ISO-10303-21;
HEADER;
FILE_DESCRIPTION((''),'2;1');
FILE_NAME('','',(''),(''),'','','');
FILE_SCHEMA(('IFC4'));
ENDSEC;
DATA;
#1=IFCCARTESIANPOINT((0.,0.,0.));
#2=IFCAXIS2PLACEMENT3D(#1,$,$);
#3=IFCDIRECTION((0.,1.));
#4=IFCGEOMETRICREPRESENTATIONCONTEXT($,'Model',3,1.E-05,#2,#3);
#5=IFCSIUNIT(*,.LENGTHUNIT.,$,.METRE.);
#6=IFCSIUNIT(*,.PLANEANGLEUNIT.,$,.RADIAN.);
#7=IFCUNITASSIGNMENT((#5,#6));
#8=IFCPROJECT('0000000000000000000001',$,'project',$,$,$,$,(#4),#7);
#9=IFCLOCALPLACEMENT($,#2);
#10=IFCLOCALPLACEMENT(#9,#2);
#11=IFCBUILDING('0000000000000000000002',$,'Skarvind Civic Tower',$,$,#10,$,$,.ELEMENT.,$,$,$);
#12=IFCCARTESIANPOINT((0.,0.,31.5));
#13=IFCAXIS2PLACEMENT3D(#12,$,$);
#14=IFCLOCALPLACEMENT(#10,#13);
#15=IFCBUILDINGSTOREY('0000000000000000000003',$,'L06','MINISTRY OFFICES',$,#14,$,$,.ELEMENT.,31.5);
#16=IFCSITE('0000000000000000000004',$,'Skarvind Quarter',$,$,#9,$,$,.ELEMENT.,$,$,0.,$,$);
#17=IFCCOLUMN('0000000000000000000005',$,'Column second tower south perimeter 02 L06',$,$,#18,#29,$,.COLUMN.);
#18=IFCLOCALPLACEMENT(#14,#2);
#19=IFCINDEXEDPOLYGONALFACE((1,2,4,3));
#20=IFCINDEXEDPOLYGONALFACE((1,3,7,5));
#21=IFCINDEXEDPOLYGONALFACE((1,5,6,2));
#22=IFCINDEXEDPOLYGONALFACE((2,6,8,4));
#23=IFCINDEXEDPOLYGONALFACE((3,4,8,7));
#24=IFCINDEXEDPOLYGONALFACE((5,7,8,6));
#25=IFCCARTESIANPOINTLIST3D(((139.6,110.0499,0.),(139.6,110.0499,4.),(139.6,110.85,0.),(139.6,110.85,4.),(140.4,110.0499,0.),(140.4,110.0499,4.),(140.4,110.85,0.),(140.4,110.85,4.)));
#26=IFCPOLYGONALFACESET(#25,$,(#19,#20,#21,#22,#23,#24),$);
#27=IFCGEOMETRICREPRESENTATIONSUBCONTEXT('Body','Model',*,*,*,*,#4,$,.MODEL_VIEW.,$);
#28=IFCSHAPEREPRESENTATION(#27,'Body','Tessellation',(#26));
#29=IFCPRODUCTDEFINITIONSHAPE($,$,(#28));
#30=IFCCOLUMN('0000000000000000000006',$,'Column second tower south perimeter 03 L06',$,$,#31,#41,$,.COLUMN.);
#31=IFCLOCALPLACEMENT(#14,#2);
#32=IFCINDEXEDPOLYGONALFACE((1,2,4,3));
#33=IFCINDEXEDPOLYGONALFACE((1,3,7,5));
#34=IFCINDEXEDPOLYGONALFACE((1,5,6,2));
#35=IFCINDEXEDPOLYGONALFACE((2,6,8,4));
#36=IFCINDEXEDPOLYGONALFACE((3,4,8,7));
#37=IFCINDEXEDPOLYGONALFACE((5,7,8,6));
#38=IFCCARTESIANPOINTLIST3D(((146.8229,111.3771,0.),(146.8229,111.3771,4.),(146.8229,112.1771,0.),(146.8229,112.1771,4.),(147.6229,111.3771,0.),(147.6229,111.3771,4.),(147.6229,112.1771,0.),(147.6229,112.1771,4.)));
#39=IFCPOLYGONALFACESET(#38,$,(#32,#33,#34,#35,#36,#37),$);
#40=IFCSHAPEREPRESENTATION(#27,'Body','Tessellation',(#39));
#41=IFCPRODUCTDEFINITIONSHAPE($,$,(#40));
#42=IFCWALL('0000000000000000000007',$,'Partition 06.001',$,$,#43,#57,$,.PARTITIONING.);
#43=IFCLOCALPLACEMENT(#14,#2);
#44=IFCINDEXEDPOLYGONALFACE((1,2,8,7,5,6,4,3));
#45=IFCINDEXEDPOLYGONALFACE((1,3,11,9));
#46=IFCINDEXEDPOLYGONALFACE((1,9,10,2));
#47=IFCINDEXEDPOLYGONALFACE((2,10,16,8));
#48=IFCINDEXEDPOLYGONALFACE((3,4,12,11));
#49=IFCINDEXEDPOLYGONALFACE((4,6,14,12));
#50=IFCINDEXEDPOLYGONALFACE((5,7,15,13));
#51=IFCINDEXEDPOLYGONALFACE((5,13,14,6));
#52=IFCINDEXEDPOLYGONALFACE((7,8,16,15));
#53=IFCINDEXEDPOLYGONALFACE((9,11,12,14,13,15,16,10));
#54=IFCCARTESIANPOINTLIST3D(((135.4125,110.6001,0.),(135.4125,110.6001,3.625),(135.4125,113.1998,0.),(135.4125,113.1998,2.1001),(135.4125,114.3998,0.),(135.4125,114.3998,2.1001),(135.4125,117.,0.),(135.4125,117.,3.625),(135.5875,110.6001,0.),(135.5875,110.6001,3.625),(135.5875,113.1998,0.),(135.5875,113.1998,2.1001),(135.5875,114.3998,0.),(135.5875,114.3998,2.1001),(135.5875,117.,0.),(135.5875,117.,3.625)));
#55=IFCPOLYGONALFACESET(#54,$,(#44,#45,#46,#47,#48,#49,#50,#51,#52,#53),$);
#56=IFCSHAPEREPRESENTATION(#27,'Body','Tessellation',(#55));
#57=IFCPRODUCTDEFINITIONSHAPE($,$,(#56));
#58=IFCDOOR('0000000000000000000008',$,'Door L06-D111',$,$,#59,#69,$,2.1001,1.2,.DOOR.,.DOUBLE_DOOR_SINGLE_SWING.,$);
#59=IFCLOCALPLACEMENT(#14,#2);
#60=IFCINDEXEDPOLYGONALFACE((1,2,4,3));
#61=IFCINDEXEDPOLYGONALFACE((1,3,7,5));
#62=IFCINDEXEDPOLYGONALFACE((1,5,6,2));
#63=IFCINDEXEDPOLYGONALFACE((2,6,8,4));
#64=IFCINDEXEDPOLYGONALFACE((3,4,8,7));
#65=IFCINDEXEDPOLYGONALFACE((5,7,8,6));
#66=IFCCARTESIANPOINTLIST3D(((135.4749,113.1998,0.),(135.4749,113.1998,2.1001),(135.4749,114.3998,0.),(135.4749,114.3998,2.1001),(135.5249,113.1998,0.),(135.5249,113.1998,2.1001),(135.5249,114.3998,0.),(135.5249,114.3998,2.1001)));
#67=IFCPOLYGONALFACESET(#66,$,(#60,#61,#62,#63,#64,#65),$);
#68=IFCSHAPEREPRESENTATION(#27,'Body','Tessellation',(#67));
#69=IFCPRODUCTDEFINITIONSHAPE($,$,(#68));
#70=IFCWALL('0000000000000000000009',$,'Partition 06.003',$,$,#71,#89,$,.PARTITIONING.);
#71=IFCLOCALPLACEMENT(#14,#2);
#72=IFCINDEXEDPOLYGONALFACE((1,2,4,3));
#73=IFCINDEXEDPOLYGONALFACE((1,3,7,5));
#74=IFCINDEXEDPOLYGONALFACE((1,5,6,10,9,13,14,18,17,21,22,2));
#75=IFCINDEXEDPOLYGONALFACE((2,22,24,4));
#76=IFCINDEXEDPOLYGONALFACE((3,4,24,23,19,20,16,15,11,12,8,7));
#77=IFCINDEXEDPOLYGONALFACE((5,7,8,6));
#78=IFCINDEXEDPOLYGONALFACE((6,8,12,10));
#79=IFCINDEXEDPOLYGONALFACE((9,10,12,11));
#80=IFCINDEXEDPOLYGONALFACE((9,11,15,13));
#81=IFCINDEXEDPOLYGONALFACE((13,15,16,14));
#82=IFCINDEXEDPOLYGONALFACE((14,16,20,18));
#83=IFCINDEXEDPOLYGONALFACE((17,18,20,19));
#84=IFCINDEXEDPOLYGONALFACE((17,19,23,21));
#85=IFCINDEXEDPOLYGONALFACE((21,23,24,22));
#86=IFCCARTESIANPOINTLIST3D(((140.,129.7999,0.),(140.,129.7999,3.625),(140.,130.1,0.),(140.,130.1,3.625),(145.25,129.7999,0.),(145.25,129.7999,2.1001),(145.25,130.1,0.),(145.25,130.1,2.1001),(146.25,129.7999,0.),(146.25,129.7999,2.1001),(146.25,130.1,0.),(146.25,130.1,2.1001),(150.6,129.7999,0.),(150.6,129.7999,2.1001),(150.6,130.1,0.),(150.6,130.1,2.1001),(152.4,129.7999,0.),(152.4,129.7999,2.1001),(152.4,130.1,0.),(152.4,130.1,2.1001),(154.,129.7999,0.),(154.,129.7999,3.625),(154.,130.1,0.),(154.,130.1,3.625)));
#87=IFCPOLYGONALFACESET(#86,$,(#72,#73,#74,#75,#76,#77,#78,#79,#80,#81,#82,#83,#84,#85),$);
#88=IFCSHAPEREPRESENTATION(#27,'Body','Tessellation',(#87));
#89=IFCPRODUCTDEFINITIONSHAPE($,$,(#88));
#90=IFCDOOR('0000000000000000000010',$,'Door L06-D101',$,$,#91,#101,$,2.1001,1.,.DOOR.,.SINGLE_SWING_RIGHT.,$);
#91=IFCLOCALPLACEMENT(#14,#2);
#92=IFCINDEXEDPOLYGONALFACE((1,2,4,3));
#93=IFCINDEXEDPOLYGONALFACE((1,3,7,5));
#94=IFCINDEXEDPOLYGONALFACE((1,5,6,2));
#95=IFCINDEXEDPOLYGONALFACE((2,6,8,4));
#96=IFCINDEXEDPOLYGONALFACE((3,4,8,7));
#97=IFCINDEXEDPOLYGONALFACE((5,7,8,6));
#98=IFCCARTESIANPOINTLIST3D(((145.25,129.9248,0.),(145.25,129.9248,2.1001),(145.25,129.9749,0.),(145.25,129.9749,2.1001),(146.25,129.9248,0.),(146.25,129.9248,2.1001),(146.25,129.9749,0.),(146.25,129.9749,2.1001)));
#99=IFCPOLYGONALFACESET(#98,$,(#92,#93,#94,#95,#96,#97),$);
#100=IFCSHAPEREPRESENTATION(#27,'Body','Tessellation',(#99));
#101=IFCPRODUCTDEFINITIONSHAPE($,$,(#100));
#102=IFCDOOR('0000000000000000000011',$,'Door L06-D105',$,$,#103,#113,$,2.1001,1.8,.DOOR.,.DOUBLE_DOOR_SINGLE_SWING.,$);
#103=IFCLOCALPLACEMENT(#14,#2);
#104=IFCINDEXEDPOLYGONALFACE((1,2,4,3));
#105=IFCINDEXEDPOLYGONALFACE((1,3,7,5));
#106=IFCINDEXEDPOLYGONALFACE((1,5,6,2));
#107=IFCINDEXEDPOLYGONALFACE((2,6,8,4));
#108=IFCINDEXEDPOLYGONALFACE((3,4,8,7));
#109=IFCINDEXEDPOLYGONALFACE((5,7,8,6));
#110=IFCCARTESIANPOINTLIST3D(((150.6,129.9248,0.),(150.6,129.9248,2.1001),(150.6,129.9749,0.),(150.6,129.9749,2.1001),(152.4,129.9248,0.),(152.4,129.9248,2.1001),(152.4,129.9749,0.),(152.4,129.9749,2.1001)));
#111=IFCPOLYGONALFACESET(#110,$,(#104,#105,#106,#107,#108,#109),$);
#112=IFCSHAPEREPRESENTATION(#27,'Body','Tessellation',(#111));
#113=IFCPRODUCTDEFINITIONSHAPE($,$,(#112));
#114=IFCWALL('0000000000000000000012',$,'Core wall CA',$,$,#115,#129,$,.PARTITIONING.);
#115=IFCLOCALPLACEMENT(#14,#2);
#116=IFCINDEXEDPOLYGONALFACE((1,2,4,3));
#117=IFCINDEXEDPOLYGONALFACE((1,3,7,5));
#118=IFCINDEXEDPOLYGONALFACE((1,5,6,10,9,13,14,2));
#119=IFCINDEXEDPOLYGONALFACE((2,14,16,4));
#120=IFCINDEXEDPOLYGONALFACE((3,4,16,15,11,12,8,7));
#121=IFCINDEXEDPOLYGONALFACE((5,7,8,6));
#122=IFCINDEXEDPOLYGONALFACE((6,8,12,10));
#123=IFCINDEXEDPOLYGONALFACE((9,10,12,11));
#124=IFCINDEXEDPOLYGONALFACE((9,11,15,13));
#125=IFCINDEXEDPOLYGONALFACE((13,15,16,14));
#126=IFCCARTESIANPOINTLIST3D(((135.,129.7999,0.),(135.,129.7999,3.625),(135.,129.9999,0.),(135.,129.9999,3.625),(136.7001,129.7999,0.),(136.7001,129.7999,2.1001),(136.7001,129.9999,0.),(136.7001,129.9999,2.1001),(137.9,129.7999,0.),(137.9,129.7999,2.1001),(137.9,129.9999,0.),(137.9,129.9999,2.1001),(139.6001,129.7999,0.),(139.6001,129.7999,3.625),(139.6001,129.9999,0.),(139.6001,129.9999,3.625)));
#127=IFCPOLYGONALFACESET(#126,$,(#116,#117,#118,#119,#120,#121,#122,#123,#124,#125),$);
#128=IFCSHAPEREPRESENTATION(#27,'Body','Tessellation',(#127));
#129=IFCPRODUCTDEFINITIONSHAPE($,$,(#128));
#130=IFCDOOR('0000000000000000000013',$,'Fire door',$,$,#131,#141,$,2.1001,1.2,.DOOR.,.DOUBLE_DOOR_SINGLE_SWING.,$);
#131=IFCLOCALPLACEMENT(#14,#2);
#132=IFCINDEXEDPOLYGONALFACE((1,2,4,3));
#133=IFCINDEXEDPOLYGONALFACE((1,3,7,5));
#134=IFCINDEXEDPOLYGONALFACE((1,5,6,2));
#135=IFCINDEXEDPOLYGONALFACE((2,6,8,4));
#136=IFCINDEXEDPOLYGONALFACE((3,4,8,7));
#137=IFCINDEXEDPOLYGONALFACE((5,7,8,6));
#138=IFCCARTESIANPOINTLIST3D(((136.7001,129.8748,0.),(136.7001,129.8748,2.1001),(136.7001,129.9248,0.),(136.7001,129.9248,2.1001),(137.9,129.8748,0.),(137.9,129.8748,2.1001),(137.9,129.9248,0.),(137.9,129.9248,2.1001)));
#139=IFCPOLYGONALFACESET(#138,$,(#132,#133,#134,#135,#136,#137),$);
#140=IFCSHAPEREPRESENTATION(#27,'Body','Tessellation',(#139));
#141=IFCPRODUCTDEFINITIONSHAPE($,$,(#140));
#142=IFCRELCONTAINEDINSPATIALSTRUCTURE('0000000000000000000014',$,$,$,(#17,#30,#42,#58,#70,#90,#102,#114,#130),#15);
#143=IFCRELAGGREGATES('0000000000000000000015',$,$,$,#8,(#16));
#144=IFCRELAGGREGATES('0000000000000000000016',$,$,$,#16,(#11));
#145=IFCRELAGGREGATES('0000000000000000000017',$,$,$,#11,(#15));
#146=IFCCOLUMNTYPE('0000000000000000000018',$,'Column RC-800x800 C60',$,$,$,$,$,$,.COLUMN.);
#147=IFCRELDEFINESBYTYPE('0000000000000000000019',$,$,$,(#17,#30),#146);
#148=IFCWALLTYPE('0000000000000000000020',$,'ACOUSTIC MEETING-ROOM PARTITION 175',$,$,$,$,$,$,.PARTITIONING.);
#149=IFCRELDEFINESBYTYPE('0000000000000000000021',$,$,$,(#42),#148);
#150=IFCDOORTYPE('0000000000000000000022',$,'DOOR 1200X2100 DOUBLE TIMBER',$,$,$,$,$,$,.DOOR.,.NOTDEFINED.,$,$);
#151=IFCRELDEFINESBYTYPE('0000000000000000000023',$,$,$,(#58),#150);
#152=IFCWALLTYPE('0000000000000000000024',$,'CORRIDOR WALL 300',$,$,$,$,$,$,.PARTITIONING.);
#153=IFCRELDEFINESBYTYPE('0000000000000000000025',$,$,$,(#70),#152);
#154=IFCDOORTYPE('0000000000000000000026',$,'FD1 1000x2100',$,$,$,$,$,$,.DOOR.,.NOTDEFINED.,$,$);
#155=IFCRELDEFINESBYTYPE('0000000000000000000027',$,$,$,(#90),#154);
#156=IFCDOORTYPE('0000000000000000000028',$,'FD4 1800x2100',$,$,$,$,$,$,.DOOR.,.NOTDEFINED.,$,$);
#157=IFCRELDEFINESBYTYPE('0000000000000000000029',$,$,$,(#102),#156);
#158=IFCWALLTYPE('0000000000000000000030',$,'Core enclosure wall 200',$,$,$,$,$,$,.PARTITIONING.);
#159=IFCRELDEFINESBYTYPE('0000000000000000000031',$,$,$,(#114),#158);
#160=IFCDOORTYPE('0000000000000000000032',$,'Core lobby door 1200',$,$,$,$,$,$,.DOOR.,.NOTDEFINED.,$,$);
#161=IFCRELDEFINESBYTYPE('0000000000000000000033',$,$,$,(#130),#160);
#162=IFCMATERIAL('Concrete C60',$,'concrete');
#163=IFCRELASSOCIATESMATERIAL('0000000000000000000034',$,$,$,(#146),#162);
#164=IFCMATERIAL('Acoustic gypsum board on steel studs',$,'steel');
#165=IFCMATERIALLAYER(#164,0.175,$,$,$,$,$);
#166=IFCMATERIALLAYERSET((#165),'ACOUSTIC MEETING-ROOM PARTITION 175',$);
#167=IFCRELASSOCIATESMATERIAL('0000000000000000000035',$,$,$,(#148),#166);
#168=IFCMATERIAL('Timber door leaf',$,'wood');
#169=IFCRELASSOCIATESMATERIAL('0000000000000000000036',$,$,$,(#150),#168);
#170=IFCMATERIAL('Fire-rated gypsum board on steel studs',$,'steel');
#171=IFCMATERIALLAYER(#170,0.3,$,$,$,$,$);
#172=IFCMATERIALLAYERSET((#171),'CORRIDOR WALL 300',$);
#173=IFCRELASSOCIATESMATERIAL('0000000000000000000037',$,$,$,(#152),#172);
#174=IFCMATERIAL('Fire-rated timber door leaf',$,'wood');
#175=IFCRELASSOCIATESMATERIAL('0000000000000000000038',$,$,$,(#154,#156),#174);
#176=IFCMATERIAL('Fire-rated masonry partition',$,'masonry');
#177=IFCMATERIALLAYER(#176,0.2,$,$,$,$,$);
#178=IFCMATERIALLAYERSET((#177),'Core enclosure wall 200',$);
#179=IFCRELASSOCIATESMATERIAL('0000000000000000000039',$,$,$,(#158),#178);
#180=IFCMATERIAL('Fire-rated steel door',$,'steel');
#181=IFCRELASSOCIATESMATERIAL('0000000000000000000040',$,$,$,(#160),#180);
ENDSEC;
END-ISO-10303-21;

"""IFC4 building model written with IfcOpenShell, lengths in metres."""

from ifc_helpers import new_model, si_unit, direction, frame, frame_2d, origin, origin_2d, place, context, subcontext, project, spatial, rectangle, extrude, material, layer, layer_set, material_profile, profile_set, type_object, element, fill, save


model = new_model("IFC4")

# Units and contexts
model_context = context("Model", 3, precision=1e-05, world=origin(), true_north=direction((0.0, 1.0)))
body_context = subcontext(model_context, "Body", "Model", "MODEL_VIEW")
ifc_project = project(units=[si_unit("LENGTHUNIT", "METRE"), si_unit("PLANEANGLEUNIT", "RADIAN")], contexts=[model_context])

# Site, building, storey
site_placement = place(None, origin())
site = spatial("IfcSite", under=ifc_project, at=site_placement, Name="Skarvind Quarter", CompositionType="ELEMENT", RefElevation=0.0)
building_placement = place(site_placement, origin())
building = spatial("IfcBuilding", under=site, at=building_placement, Name="Skarvind Civic Tower", CompositionType="ELEMENT")
storey_placement = place(building_placement, frame((0.0, 0.0, 31.5)))
storey = spatial("IfcBuildingStorey", under=building, at=storey_placement, Name="L06", Description="MINISTRY OFFICES", CompositionType="ELEMENT", Elevation=31.5)

# Columns
ifc_material_1 = material(Name="Concrete C60", Category="concrete")
ifc_material_profile = material_profile(ifc_material_1, rectangle(XDim=0.8, YDim=0.8, at=origin_2d()), Name="RC-800x800")
ifc_profile_set = profile_set([ifc_material_profile], Name="Concrete C60")
column_type = type_object("IfcColumnType", Name="Column RC-800x800 C60", PredefinedType="COLUMN", material=ifc_profile_set)
for number, where, z_axis, x_axis, name in (
    (1, (140.0, 110.45, 0.0), (0.0, 0.0, 1.0), (1.0, 0.0, 0.0), "Column second tower south perimeter 02 L06"),
    (2, (147.2229, 111.7771, 0.0), (0.0, 0.0, 1.0), (1.0, 0.0, 0.0), "Column second tower south perimeter 03 L06"),
):
    element("IfcColumn", number, at=place(storey_placement, frame(where, z_axis=z_axis, x_axis=x_axis)), inside=storey, type_object=column_type, Name=name, PredefinedType="COLUMN", context=body_context, shape_type="SweptSolid", body=[
        extrude(rectangle(XDim=0.8, YDim=0.8, at=origin_2d()), origin(), (0.0, 0.0, 1.0), 4.0),
    ])

# Wall, opening, door
ifc_material_2 = material(Name="Acoustic gypsum board on steel studs", Category="steel")
ifc_layer_1 = layer(ifc_material_2, 0.175)
ifc_layer_set_1 = layer_set([ifc_layer_1], Name="ACOUSTIC MEETING-ROOM PARTITION 175")
wall_type_1 = type_object("IfcWallType", Name="ACOUSTIC MEETING-ROOM PARTITION 175", PredefinedType="PARTITIONING", material=ifc_layer_set_1)
wall_1_placement = place(storey_placement, frame((135.5, 117.0, 0.0), z_axis=(0.0, 0.0, 1.0), x_axis=(0.0, -1.0, 0.0)))
wall_1 = element("IfcWall", 3, at=wall_1_placement, inside=storey, type_object=wall_type_1, Name="Partition 06.001", PredefinedType="PARTITIONING", context=body_context, shape_type="SweptSolid", body=[
    extrude(rectangle(XDim=6.3999, YDim=0.175, at=frame_2d((3.2, 0.0))), origin(), (0.0, 0.0, 1.0), 3.625),
])
opening_1_placement = place(wall_1_placement, frame((2.6001, 0.0, 0.0)))
opening_1 = element("IfcOpeningElement", 4, at=opening_1_placement, cuts=wall_1, PredefinedType="OPENING", context=body_context, shape_type="SweptSolid", body=[
    extrude(rectangle(XDim=1.2, YDim=2.1001, at=frame_2d((0.6001, 1.05))), frame((0.0, 0.0974, 0.0), z_axis=(0.0, -1.0, 0.0), x_axis=(1.0, 0.0, 0.0)), (0.0, 0.0, 1.0), 0.1951),
])
ifc_material_3 = material(Name="Timber door leaf", Category="wood")
door_type_1 = type_object("IfcDoorType", Name="DOOR 1200X2100 DOUBLE TIMBER", OperationType="NOTDEFINED", PredefinedType="DOOR", material=ifc_material_3)
door_1_placement = place(opening_1_placement, origin())
door_1 = element("IfcDoor", 5, at=door_1_placement, inside=storey, type_object=door_type_1, Name="Door L06-D111", OperationType="DOUBLE_DOOR_SINGLE_SWING", OverallHeight=2.1001, OverallWidth=1.2, PredefinedType="DOOR", context=body_context, shape_type="SweptSolid", body=[
    extrude(rectangle(XDim=1.2, YDim=2.1001, at=frame_2d((0.6001, 1.05))), frame((0.0, 0.0249, 0.0), z_axis=(0.0, -1.0, 0.0), x_axis=(1.0, 0.0, 0.0)), (0.0, 0.0, 1.0), 0.05),
])
fill(opening_1, door_1)

# Wall, openings, doors
ifc_material_4 = material(Name="Fire-rated gypsum board on steel studs", Category="steel")
ifc_layer_2 = layer(ifc_material_4, 0.3)
ifc_layer_set_2 = layer_set([ifc_layer_2], Name="CORRIDOR WALL 300")
wall_type_2 = type_object("IfcWallType", Name="CORRIDOR WALL 300", PredefinedType="PARTITIONING", material=ifc_layer_set_2)
wall_2_placement = place(storey_placement, frame((140.0, 129.95, 0.0), z_axis=(0.0, 0.0, 1.0), x_axis=(1.0, 0.0, 0.0)))
wall_2 = element("IfcWall", 6, at=wall_2_placement, inside=storey, type_object=wall_type_2, Name="Partition 06.003", PredefinedType="PARTITIONING", context=body_context, shape_type="SweptSolid", body=[
    extrude(rectangle(XDim=14.0, YDim=0.3, at=frame_2d((7.0, 0.0))), origin(), (0.0, 0.0, 1.0), 3.625),
])
opening_2_placement = place(wall_2_placement, frame((5.25, 0.0, 0.0)))
opening_2 = element("IfcOpeningElement", 7, at=opening_2_placement, cuts=wall_2, PredefinedType="OPENING", context=body_context, shape_type="SweptSolid", body=[
    extrude(rectangle(XDim=1.0, YDim=2.1001, at=frame_2d((0.5, 1.05))), frame((0.0, 0.1599, 0.0), z_axis=(0.0, -1.0, 0.0), x_axis=(1.0, 0.0, 0.0)), (0.0, 0.0, 1.0), 0.3201),
])
opening_3_placement = place(wall_2_placement, frame((10.6001, 0.0, 0.0)))
opening_3 = element("IfcOpeningElement", 8, at=opening_3_placement, cuts=wall_2, PredefinedType="OPENING", context=body_context, shape_type="SweptSolid", body=[
    extrude(rectangle(XDim=1.8, YDim=2.1001, at=frame_2d((0.8999, 1.05))), frame((0.0, 0.1599, 0.0), z_axis=(0.0, -1.0, 0.0), x_axis=(1.0, 0.0, 0.0)), (0.0, 0.0, 1.0), 0.3201),
])
ifc_material_5 = material(Name="Fire-rated timber door leaf", Category="wood")
door_type_2 = type_object("IfcDoorType", Name="FD1 1000x2100", OperationType="NOTDEFINED", PredefinedType="DOOR", material=ifc_material_5)
door_2_placement = place(opening_2_placement, origin())
door_2 = element("IfcDoor", 9, at=door_2_placement, inside=storey, type_object=door_type_2, Name="Door L06-D101", OperationType="SINGLE_SWING_RIGHT", OverallHeight=2.1001, OverallWidth=1.0, PredefinedType="DOOR", context=body_context, shape_type="SweptSolid", body=[
    extrude(rectangle(XDim=1.0, YDim=2.1001, at=frame_2d((0.5, 1.05))), frame((0.0, 0.0249, 0.0), z_axis=(0.0, -1.0, 0.0), x_axis=(1.0, 0.0, 0.0)), (0.0, 0.0, 1.0), 0.05),
])
fill(opening_2, door_2)
door_type_3 = type_object("IfcDoorType", Name="FD4 1800x2100", OperationType="NOTDEFINED", PredefinedType="DOOR", material=ifc_material_5)
door_3_placement = place(opening_3_placement, origin())
door_3 = element("IfcDoor", 10, at=door_3_placement, inside=storey, type_object=door_type_3, Name="Door L06-D105", OperationType="DOUBLE_DOOR_SINGLE_SWING", OverallHeight=2.1001, OverallWidth=1.8, PredefinedType="DOOR", context=body_context, shape_type="SweptSolid", body=[
    extrude(rectangle(XDim=1.8, YDim=2.1001, at=frame_2d((0.8999, 1.05))), frame((0.0, 0.0249, 0.0), z_axis=(0.0, -1.0, 0.0), x_axis=(1.0, 0.0, 0.0)), (0.0, 0.0, 1.0), 0.05),
])
fill(opening_3, door_3)

# Wall, opening, door
ifc_material_6 = material(Name="Fire-rated masonry partition", Category="masonry")
ifc_layer_3 = layer(ifc_material_6, 0.2)
ifc_layer_set_3 = layer_set([ifc_layer_3], Name="Core enclosure wall 200")
wall_type_3 = type_object("IfcWallType", Name="Core enclosure wall 200", PredefinedType="PARTITIONING", material=ifc_layer_set_3)
wall_3_placement = place(storey_placement, frame((135.0, 129.8999, 0.0), z_axis=(0.0, 0.0, 1.0), x_axis=(1.0, 0.0, 0.0)))
wall_3 = element("IfcWall", 11, at=wall_3_placement, inside=storey, type_object=wall_type_3, Name="Core wall CA", PredefinedType="PARTITIONING", context=body_context, shape_type="SweptSolid", body=[
    extrude(rectangle(XDim=4.6001, YDim=0.2, at=frame_2d((2.3, 0.0))), origin(), (0.0, 0.0, 1.0), 3.625),
])
opening_4_placement = place(wall_3_placement, frame((1.7, 0.0, 0.0)))
opening_4 = element("IfcOpeningElement", 12, at=opening_4_placement, cuts=wall_3, PredefinedType="OPENING", context=body_context, shape_type="SweptSolid", body=[
    extrude(rectangle(XDim=1.2, YDim=2.1001, at=frame_2d((0.6001, 1.05))), frame((0.0, 0.1099, 0.0), z_axis=(0.0, -1.0, 0.0), x_axis=(1.0, 0.0, 0.0)), (0.0, 0.0, 1.0), 0.22),
])
ifc_material_7 = material(Name="Fire-rated steel door", Category="steel")
door_type_4 = type_object("IfcDoorType", Name="Core lobby door 1200", OperationType="NOTDEFINED", PredefinedType="DOOR", material=ifc_material_7)
door_4_placement = place(opening_4_placement, origin())
door_4 = element("IfcDoor", 13, at=door_4_placement, inside=storey, type_object=door_type_4, Name="Fire door", OperationType="DOUBLE_DOOR_SINGLE_SWING", OverallHeight=2.1001, OverallWidth=1.2, PredefinedType="DOOR", context=body_context, shape_type="SweptSolid", body=[
    extrude(rectangle(XDim=1.2, YDim=2.1001, at=frame_2d((0.6001, 1.05))), frame((0.0, 0.0249, 0.0), z_axis=(0.0, -1.0, 0.0), x_axis=(1.0, 0.0, 0.0)), (0.0, 0.0, 1.0), 0.05),
])
fill(opening_4, door_4)

save(model, "model.ifc")
